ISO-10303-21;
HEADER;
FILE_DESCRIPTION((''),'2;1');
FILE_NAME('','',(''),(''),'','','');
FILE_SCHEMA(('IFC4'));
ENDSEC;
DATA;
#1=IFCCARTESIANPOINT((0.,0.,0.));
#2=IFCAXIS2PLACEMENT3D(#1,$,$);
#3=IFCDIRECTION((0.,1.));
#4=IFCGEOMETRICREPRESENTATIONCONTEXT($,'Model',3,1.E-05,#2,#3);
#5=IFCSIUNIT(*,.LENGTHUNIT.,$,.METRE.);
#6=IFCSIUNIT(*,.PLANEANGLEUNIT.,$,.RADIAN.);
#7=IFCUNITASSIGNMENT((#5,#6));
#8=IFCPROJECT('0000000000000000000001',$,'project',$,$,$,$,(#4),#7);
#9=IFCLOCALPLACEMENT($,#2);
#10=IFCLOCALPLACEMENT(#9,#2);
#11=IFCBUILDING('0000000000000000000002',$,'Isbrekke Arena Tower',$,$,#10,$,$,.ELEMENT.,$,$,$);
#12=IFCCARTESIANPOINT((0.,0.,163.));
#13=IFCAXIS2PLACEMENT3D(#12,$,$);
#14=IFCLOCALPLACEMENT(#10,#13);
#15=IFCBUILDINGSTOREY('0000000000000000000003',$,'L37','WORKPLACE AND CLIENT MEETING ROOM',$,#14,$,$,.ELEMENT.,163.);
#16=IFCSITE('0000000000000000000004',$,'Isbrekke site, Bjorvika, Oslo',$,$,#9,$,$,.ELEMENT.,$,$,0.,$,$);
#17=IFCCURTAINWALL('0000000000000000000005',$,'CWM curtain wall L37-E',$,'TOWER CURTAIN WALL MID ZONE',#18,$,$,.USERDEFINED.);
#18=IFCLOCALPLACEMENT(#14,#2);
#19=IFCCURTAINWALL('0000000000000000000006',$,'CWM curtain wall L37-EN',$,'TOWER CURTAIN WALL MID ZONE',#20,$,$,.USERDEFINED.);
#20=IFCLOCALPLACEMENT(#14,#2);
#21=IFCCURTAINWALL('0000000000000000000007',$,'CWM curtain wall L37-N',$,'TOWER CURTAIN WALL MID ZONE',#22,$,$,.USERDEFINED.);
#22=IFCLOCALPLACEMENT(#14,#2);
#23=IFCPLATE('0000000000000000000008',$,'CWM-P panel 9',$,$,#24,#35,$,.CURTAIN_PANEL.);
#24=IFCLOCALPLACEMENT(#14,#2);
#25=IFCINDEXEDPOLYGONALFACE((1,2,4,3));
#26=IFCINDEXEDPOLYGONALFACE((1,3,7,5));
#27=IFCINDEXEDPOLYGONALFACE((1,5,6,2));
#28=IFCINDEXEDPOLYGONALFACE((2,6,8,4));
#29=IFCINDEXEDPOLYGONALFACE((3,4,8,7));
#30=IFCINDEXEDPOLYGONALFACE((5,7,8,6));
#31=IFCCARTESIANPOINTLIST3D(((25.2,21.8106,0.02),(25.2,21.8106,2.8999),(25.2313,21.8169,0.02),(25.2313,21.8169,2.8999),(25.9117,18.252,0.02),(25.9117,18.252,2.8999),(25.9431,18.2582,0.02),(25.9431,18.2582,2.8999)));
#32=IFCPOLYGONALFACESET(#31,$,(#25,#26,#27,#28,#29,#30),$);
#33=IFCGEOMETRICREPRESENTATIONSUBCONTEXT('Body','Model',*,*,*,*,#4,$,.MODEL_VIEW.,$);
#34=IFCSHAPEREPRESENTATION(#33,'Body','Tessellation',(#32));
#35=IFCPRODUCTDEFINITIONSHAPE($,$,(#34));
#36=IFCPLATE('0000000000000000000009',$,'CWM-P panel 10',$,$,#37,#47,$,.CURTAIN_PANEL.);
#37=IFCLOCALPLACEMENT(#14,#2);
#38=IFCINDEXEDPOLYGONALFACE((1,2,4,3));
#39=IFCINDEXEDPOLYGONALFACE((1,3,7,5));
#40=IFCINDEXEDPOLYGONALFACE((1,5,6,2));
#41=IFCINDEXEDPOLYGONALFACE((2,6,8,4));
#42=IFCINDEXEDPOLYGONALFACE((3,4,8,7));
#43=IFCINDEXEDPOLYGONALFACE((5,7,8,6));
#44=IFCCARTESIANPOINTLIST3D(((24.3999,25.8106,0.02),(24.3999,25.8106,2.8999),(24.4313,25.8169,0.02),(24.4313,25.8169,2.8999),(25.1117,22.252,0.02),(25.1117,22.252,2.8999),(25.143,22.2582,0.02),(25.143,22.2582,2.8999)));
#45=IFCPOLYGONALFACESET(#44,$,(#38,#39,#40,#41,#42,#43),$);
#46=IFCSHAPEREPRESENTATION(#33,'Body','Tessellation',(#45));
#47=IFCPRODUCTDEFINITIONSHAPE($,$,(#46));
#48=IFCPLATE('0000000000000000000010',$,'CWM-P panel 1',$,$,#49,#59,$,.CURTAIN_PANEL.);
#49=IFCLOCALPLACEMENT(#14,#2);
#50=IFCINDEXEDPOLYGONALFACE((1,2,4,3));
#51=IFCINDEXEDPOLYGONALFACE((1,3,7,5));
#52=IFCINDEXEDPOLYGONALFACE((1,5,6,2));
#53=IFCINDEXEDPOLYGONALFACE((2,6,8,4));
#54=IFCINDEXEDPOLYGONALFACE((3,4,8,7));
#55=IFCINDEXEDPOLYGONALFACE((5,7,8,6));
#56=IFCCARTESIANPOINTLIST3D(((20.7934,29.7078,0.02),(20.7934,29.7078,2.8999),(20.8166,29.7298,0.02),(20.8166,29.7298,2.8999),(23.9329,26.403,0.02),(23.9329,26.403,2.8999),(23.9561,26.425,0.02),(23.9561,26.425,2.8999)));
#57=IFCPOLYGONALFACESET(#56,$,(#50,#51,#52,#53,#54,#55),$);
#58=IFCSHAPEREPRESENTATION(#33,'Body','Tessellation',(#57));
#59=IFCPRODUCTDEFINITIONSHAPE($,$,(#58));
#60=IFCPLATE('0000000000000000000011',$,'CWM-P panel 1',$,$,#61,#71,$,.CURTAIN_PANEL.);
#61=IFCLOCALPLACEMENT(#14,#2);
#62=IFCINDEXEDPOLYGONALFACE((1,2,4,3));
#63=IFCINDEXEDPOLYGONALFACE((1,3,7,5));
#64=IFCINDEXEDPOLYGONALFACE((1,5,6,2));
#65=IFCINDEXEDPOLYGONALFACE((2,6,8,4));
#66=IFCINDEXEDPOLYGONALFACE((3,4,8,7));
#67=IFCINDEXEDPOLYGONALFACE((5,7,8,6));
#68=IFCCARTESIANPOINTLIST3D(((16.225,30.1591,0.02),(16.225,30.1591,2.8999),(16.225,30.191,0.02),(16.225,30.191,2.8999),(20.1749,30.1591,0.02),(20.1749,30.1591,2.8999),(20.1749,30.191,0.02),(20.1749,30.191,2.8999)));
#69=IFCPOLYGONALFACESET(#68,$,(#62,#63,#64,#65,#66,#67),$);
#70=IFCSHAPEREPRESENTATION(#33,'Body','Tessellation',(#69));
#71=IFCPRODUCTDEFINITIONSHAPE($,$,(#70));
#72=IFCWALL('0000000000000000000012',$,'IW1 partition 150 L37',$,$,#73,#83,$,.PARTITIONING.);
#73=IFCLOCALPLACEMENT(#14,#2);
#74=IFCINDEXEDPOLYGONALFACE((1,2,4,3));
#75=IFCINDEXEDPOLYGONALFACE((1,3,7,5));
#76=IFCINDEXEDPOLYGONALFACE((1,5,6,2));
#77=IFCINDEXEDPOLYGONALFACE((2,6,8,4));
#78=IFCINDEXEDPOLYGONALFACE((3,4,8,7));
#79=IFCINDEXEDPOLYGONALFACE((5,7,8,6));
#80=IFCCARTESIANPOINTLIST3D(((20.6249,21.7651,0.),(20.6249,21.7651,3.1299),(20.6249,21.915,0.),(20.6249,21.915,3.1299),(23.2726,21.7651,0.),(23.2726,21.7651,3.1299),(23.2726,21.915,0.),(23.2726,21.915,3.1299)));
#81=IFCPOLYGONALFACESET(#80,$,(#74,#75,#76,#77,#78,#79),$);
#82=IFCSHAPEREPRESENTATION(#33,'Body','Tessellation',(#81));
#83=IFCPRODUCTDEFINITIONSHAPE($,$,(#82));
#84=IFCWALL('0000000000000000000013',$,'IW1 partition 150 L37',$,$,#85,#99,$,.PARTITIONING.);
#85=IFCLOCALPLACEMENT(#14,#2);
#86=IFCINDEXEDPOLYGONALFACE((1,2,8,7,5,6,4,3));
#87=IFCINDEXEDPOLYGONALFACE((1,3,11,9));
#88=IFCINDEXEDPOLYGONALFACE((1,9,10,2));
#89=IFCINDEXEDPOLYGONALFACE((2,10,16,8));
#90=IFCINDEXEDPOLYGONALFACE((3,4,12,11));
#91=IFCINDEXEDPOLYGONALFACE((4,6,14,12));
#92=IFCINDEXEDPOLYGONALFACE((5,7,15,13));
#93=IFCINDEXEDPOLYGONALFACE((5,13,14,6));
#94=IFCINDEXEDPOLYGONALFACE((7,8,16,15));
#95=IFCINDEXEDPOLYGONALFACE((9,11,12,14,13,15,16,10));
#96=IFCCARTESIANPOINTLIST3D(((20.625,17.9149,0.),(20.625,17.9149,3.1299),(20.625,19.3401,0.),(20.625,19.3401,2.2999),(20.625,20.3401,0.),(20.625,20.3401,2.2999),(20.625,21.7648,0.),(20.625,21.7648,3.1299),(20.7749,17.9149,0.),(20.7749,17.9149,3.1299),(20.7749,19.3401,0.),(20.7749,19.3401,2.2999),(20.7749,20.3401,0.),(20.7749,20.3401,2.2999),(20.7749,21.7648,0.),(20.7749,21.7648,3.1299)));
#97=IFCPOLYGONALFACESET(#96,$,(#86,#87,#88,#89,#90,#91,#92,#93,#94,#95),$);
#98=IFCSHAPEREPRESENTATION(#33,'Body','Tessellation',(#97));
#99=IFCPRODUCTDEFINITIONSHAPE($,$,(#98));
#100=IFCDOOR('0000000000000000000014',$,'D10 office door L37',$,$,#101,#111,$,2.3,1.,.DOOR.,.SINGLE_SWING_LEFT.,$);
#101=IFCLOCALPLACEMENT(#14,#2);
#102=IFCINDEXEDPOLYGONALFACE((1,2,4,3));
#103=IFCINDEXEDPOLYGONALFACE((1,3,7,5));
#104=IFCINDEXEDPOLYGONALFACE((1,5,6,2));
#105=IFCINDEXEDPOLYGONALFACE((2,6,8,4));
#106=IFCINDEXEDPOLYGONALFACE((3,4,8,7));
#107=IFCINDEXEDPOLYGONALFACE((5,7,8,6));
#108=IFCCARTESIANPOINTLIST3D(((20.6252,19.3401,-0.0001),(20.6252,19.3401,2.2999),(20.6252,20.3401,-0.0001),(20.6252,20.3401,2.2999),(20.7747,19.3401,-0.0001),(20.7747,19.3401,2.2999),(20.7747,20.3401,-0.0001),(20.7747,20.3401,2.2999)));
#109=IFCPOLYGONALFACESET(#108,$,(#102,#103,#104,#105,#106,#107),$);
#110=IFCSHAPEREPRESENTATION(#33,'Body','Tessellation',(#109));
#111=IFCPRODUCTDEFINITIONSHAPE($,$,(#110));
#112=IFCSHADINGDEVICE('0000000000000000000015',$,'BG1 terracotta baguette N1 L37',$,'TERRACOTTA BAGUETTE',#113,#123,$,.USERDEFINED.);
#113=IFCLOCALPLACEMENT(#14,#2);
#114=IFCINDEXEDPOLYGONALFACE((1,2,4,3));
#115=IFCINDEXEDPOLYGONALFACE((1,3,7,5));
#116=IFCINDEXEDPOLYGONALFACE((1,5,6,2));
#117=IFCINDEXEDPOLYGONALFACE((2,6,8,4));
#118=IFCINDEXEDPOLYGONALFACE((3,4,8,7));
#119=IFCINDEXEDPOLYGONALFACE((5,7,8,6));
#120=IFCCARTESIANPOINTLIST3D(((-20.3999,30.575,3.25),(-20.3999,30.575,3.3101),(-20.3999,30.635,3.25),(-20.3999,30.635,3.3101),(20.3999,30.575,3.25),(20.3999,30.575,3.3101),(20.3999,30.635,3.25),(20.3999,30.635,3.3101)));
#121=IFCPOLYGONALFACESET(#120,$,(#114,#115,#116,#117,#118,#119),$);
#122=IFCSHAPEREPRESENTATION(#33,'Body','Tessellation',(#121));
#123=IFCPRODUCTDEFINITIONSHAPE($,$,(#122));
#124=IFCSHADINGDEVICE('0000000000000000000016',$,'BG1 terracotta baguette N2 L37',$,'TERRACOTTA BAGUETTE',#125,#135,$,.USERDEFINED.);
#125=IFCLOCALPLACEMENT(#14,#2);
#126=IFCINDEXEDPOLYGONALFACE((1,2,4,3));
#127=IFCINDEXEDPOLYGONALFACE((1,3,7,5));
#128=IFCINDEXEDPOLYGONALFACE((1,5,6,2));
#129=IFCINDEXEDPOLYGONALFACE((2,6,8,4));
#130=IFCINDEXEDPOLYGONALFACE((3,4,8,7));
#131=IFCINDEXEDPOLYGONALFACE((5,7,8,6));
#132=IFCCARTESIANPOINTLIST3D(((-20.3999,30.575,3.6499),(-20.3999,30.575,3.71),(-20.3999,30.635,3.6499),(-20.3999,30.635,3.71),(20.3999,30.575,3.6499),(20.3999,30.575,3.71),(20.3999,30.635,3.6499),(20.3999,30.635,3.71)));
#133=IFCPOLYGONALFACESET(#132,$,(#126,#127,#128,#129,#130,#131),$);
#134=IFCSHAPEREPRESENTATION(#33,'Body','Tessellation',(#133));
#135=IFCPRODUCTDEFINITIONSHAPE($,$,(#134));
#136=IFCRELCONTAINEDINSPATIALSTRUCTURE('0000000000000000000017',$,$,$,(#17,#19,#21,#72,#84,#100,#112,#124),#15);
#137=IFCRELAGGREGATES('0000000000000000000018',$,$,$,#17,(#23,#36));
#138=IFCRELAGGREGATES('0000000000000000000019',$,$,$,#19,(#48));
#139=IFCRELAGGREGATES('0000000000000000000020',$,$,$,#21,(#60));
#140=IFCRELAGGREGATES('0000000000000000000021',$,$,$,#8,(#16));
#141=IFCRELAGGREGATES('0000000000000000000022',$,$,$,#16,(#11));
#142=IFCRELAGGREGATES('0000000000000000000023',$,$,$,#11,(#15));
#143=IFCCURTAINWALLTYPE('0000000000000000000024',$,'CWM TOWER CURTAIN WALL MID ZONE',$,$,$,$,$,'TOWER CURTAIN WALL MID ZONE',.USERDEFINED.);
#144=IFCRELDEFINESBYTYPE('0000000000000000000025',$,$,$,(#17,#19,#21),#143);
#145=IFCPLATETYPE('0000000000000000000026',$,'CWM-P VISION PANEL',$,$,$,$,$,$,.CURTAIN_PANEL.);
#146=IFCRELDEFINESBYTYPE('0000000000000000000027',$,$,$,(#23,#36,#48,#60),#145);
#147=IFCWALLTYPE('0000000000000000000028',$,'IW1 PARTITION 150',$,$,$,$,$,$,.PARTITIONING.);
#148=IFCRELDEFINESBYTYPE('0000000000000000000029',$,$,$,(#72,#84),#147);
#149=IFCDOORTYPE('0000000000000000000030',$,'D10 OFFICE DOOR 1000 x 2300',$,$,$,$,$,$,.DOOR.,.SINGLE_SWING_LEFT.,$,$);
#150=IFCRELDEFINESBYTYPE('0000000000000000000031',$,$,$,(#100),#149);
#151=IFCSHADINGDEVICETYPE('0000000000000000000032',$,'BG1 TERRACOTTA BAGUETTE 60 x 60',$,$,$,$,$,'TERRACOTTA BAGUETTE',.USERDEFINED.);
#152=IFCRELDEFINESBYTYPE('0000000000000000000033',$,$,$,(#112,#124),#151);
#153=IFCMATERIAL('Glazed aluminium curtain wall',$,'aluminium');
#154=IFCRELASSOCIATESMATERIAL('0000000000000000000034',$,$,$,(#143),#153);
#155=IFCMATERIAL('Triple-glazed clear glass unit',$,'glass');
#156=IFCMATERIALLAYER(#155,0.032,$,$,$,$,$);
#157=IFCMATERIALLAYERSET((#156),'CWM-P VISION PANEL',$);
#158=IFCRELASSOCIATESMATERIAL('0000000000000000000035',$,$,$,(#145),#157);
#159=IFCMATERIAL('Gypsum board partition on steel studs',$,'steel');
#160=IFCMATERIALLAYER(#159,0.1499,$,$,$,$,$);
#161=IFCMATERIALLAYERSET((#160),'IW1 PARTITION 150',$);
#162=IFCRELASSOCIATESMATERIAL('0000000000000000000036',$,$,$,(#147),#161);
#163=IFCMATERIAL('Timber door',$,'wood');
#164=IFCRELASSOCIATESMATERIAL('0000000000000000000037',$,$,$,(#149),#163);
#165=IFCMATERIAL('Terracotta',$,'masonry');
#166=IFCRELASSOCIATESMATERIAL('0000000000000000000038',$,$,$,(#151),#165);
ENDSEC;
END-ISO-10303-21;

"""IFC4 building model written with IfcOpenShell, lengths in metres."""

from ifc_helpers import new_model, si_unit, direction, frame, frame_2d, origin, origin_2d, place, context, subcontext, project, spatial, rectangle, extrude, material, layer, layer_set, material_profile, profile_set, type_object, element, fill, aggregate, save


model = new_model("IFC4")

# Units and contexts
model_context = context("Model", 3, precision=1e-05, world=origin(), true_north=direction((0.0, 1.0)))
body_context = subcontext(model_context, "Body", "Model", "MODEL_VIEW")
ifc_project = project(units=[si_unit("LENGTHUNIT", "METRE"), si_unit("PLANEANGLEUNIT", "RADIAN")], contexts=[model_context])

# Site, building, storey
site_placement = place(None, origin())
site = spatial("IfcSite", under=ifc_project, at=site_placement, Name="Isbrekke site, Bjorvika, Oslo", CompositionType="ELEMENT", RefElevation=0.0)
building_placement = place(site_placement, origin())
building = spatial("IfcBuilding", under=site, at=building_placement, Name="Isbrekke Arena Tower", CompositionType="ELEMENT")
storey_placement = place(building_placement, frame((0.0, 0.0, 163.0)))
storey = spatial("IfcBuildingStorey", under=building, at=storey_placement, Name="L37", Description="WORKPLACE AND CLIENT MEETING ROOM", CompositionType="ELEMENT", Elevation=163.0)

# Curtain walls
ifc_material_1 = material(Name="Glazed aluminium curtain wall", Category="aluminium")
curtain_wall_type = type_object("IfcCurtainWallType", Name="CWM TOWER CURTAIN WALL MID ZONE", ElementType="TOWER CURTAIN WALL MID ZONE", PredefinedType="USERDEFINED", material=ifc_material_1)
curtain_wall_1_placement = place(storey_placement, origin())
curtain_wall_1 = element("IfcCurtainWall", 1, at=curtain_wall_1_placement, inside=storey, type_object=curtain_wall_type, Name="CWM curtain wall L37-E", ObjectType="TOWER CURTAIN WALL MID ZONE", PredefinedType="USERDEFINED")
curtain_wall_2_placement = place(storey_placement, origin())
curtain_wall_2 = element("IfcCurtainWall", 2, at=curtain_wall_2_placement, inside=storey, type_object=curtain_wall_type, Name="CWM curtain wall L37-EN", ObjectType="TOWER CURTAIN WALL MID ZONE", PredefinedType="USERDEFINED")

# Curtain wall
curtain_wall_3_placement = place(storey_placement, origin())
curtain_wall_3 = element("IfcCurtainWall", 3, at=curtain_wall_3_placement, inside=storey, type_object=curtain_wall_type, Name="CWM curtain wall L37-N", ObjectType="TOWER CURTAIN WALL MID ZONE", PredefinedType="USERDEFINED")

# Plates
ifc_material_2 = material(Name="Triple-glazed clear glass unit", Category="glass")
ifc_layer_1 = layer(ifc_material_2, 0.032)
ifc_layer_set_1 = layer_set([ifc_layer_1], Name="CWM-P VISION PANEL")
plate_type = type_object("IfcPlateType", Name="CWM-P VISION PANEL", PredefinedType="CURTAIN_PANEL", material=ifc_layer_set_1)
plate_1_placement = place(storey_placement, frame((25.5715, 20.0344, 0.02), z_axis=(0.0, 0.0, 1.0), x_axis=(-0.196116, 0.980581, 0.0)))
plate_1 = element("IfcPlate", 4, at=plate_1_placement, type_object=plate_type, Name="CWM-P panel 9", PredefinedType="CURTAIN_PANEL", context=body_context, shape_type="SweptSolid", body=[
    extrude(rectangle(XDim=3.6292, YDim=0.032, at=origin_2d()), origin(), (0.0, 0.0, 1.0), 2.8799),
])
plate_2_placement = place(storey_placement, frame((24.7715, 24.0344, 0.02), z_axis=(0.0, 0.0, 1.0), x_axis=(-0.196116, 0.980581, 0.0)))
plate_2 = element("IfcPlate", 5, at=plate_2_placement, type_object=plate_type, Name="CWM-P panel 10", PredefinedType="CURTAIN_PANEL", context=body_context, shape_type="SweptSolid", body=[
    extrude(rectangle(XDim=3.6292, YDim=0.032, at=origin_2d()), origin(), (0.0, 0.0, 1.0), 2.8799),
])
aggregate(curtain_wall_1, [plate_1, plate_2])
plate_3_placement = place(storey_placement, frame((22.3748, 28.0664, 0.02), z_axis=(0.0, 0.0, 1.0), x_axis=(-0.688749, 0.724999, 0.0)))
plate_3 = element("IfcPlate", 6, at=plate_3_placement, type_object=plate_type, Name="CWM-P panel 1", PredefinedType="CURTAIN_PANEL", context=body_context, shape_type="SweptSolid", body=[
    extrude(rectangle(XDim=4.5583, YDim=0.032, at=origin_2d()), origin(), (0.0, 0.0, 1.0), 2.8799),
])
aggregate(curtain_wall_2, [plate_3])
plate_4_placement = place(storey_placement, frame((18.2, 30.175, 0.02), z_axis=(0.0, 0.0, 1.0), x_axis=(-1.0, 0.0, 0.0)))
plate_4 = element("IfcPlate", 7, at=plate_4_placement, type_object=plate_type, Name="CWM-P panel 1", PredefinedType="CURTAIN_PANEL", context=body_context, shape_type="SweptSolid", body=[
    extrude(rectangle(XDim=3.95, YDim=0.032, at=origin_2d()), origin(), (0.0, 0.0, 1.0), 2.8799),
])
aggregate(curtain_wall_3, [plate_4])

# Wall
ifc_material_3 = material(Name="Gypsum board partition on steel studs", Category="steel")
ifc_layer_2 = layer(ifc_material_3, 0.1499)
ifc_layer_set_2 = layer_set([ifc_layer_2], Name="IW1 PARTITION 150")
wall_type = type_object("IfcWallType", Name="IW1 PARTITION 150", PredefinedType="PARTITIONING", material=ifc_layer_set_2)
wall_1_placement = place(storey_placement, frame((20.625, 21.8401, 0.0), z_axis=(0.0, 0.0, 1.0), x_axis=(1.0, 0.0, 0.0)))
element("IfcWall", 8, at=wall_1_placement, inside=storey, type_object=wall_type, Name="IW1 partition 150 L37", PredefinedType="PARTITIONING", context=body_context, shape_type="SweptSolid", body=[
    extrude(rectangle(XDim=2.6477, YDim=0.1499, at=frame_2d((1.3237, 0.0))), origin(), (0.0, 0.0, 1.0), 3.1299),
])

# Wall, opening, door
wall_2_placement = place(storey_placement, frame((20.7, 17.915, 0.0), z_axis=(0.0, 0.0, 1.0), x_axis=(0.0, 1.0, 0.0)))
wall_2 = element("IfcWall", 9, at=wall_2_placement, inside=storey, type_object=wall_type, Name="IW1 partition 150 L37", PredefinedType="PARTITIONING", context=body_context, shape_type="SweptSolid", body=[
    extrude(rectangle(XDim=3.8499, YDim=0.1499, at=frame_2d((1.9248, 0.0))), origin(), (0.0, 0.0, 1.0), 3.1299),
])
opening_placement = place(wall_2_placement, frame((1.425, 0.0, 0.0)))
opening = element("IfcOpeningElement", 10, at=opening_placement, cuts=wall_2, PredefinedType="OPENING", context=body_context, shape_type="SweptSolid", body=[
    extrude(rectangle(XDim=1.0, YDim=2.3, at=frame_2d((0.5, 1.1499))), frame((0.0, 0.0898, 0.0), z_axis=(0.0, -1.0, 0.0), x_axis=(1.0, 0.0, 0.0)), (0.0, 0.0, 1.0), 0.1797),
])
ifc_material_4 = material(Name="Timber door", Category="wood")
door_type = type_object("IfcDoorType", Name="D10 OFFICE DOOR 1000 x 2300", OperationType="SINGLE_SWING_LEFT", PredefinedType="DOOR", material=ifc_material_4)
door_placement = place(opening_placement, origin())
door = element("IfcDoor", 11, at=door_placement, inside=storey, type_object=door_type, Name="D10 office door L37", OperationType="SINGLE_SWING_LEFT", OverallHeight=2.3, OverallWidth=1.0, PredefinedType="DOOR", context=body_context, shape_type="SweptSolid", body=[
    extrude(rectangle(XDim=1.0, YDim=2.3, at=frame_2d((0.5, 1.1499))), frame((0.0, 0.0747, 0.0), z_axis=(0.0, -1.0, 0.0), x_axis=(1.0, 0.0, 0.0)), (0.0, 0.0, 1.0), 0.1494),
])
fill(opening, door)

# Shading devices
ifc_material_5 = material(Name="Terracotta", Category="masonry")
ifc_material_profile_1 = material_profile(ifc_material_5, rectangle(XDim=0.0601, YDim=0.0601, at=origin_2d()), Name="BAGUETTE 60X60")
ifc_profile_set_1 = profile_set([ifc_material_profile_1], Name="Terracotta")
shading_device_type = type_object("IfcShadingDeviceType", Name="BG1 TERRACOTTA BAGUETTE 60 x 60", ElementType="TERRACOTTA BAGUETTE", PredefinedType="USERDEFINED", material=ifc_profile_set_1)
for number, where, z_axis, x_axis, name in (
    (12, (20.3999, 30.605, 3.28), (-1.0, 0.0, 0.0), (0.0, -1.0, 0.0), "BG1 terracotta baguette N1 L37"),
    (13, (20.3999, 30.605, 3.6799), (-1.0, 0.0, 0.0), (0.0, -1.0, 0.0), "BG1 terracotta baguette N2 L37"),
):
    element("IfcShadingDevice", number, at=place(storey_placement, frame(where, z_axis=z_axis, x_axis=x_axis)), inside=storey, type_object=shading_device_type, Name=name, ObjectType="TERRACOTTA BAGUETTE", PredefinedType="USERDEFINED", context=body_context, shape_type="SweptSolid", body=[
        extrude(rectangle(XDim=0.0601, YDim=0.0601, at=origin_2d()), origin(), (0.0, 0.0, 1.0), 40.7998),
    ])

save(model, "model.ifc")
